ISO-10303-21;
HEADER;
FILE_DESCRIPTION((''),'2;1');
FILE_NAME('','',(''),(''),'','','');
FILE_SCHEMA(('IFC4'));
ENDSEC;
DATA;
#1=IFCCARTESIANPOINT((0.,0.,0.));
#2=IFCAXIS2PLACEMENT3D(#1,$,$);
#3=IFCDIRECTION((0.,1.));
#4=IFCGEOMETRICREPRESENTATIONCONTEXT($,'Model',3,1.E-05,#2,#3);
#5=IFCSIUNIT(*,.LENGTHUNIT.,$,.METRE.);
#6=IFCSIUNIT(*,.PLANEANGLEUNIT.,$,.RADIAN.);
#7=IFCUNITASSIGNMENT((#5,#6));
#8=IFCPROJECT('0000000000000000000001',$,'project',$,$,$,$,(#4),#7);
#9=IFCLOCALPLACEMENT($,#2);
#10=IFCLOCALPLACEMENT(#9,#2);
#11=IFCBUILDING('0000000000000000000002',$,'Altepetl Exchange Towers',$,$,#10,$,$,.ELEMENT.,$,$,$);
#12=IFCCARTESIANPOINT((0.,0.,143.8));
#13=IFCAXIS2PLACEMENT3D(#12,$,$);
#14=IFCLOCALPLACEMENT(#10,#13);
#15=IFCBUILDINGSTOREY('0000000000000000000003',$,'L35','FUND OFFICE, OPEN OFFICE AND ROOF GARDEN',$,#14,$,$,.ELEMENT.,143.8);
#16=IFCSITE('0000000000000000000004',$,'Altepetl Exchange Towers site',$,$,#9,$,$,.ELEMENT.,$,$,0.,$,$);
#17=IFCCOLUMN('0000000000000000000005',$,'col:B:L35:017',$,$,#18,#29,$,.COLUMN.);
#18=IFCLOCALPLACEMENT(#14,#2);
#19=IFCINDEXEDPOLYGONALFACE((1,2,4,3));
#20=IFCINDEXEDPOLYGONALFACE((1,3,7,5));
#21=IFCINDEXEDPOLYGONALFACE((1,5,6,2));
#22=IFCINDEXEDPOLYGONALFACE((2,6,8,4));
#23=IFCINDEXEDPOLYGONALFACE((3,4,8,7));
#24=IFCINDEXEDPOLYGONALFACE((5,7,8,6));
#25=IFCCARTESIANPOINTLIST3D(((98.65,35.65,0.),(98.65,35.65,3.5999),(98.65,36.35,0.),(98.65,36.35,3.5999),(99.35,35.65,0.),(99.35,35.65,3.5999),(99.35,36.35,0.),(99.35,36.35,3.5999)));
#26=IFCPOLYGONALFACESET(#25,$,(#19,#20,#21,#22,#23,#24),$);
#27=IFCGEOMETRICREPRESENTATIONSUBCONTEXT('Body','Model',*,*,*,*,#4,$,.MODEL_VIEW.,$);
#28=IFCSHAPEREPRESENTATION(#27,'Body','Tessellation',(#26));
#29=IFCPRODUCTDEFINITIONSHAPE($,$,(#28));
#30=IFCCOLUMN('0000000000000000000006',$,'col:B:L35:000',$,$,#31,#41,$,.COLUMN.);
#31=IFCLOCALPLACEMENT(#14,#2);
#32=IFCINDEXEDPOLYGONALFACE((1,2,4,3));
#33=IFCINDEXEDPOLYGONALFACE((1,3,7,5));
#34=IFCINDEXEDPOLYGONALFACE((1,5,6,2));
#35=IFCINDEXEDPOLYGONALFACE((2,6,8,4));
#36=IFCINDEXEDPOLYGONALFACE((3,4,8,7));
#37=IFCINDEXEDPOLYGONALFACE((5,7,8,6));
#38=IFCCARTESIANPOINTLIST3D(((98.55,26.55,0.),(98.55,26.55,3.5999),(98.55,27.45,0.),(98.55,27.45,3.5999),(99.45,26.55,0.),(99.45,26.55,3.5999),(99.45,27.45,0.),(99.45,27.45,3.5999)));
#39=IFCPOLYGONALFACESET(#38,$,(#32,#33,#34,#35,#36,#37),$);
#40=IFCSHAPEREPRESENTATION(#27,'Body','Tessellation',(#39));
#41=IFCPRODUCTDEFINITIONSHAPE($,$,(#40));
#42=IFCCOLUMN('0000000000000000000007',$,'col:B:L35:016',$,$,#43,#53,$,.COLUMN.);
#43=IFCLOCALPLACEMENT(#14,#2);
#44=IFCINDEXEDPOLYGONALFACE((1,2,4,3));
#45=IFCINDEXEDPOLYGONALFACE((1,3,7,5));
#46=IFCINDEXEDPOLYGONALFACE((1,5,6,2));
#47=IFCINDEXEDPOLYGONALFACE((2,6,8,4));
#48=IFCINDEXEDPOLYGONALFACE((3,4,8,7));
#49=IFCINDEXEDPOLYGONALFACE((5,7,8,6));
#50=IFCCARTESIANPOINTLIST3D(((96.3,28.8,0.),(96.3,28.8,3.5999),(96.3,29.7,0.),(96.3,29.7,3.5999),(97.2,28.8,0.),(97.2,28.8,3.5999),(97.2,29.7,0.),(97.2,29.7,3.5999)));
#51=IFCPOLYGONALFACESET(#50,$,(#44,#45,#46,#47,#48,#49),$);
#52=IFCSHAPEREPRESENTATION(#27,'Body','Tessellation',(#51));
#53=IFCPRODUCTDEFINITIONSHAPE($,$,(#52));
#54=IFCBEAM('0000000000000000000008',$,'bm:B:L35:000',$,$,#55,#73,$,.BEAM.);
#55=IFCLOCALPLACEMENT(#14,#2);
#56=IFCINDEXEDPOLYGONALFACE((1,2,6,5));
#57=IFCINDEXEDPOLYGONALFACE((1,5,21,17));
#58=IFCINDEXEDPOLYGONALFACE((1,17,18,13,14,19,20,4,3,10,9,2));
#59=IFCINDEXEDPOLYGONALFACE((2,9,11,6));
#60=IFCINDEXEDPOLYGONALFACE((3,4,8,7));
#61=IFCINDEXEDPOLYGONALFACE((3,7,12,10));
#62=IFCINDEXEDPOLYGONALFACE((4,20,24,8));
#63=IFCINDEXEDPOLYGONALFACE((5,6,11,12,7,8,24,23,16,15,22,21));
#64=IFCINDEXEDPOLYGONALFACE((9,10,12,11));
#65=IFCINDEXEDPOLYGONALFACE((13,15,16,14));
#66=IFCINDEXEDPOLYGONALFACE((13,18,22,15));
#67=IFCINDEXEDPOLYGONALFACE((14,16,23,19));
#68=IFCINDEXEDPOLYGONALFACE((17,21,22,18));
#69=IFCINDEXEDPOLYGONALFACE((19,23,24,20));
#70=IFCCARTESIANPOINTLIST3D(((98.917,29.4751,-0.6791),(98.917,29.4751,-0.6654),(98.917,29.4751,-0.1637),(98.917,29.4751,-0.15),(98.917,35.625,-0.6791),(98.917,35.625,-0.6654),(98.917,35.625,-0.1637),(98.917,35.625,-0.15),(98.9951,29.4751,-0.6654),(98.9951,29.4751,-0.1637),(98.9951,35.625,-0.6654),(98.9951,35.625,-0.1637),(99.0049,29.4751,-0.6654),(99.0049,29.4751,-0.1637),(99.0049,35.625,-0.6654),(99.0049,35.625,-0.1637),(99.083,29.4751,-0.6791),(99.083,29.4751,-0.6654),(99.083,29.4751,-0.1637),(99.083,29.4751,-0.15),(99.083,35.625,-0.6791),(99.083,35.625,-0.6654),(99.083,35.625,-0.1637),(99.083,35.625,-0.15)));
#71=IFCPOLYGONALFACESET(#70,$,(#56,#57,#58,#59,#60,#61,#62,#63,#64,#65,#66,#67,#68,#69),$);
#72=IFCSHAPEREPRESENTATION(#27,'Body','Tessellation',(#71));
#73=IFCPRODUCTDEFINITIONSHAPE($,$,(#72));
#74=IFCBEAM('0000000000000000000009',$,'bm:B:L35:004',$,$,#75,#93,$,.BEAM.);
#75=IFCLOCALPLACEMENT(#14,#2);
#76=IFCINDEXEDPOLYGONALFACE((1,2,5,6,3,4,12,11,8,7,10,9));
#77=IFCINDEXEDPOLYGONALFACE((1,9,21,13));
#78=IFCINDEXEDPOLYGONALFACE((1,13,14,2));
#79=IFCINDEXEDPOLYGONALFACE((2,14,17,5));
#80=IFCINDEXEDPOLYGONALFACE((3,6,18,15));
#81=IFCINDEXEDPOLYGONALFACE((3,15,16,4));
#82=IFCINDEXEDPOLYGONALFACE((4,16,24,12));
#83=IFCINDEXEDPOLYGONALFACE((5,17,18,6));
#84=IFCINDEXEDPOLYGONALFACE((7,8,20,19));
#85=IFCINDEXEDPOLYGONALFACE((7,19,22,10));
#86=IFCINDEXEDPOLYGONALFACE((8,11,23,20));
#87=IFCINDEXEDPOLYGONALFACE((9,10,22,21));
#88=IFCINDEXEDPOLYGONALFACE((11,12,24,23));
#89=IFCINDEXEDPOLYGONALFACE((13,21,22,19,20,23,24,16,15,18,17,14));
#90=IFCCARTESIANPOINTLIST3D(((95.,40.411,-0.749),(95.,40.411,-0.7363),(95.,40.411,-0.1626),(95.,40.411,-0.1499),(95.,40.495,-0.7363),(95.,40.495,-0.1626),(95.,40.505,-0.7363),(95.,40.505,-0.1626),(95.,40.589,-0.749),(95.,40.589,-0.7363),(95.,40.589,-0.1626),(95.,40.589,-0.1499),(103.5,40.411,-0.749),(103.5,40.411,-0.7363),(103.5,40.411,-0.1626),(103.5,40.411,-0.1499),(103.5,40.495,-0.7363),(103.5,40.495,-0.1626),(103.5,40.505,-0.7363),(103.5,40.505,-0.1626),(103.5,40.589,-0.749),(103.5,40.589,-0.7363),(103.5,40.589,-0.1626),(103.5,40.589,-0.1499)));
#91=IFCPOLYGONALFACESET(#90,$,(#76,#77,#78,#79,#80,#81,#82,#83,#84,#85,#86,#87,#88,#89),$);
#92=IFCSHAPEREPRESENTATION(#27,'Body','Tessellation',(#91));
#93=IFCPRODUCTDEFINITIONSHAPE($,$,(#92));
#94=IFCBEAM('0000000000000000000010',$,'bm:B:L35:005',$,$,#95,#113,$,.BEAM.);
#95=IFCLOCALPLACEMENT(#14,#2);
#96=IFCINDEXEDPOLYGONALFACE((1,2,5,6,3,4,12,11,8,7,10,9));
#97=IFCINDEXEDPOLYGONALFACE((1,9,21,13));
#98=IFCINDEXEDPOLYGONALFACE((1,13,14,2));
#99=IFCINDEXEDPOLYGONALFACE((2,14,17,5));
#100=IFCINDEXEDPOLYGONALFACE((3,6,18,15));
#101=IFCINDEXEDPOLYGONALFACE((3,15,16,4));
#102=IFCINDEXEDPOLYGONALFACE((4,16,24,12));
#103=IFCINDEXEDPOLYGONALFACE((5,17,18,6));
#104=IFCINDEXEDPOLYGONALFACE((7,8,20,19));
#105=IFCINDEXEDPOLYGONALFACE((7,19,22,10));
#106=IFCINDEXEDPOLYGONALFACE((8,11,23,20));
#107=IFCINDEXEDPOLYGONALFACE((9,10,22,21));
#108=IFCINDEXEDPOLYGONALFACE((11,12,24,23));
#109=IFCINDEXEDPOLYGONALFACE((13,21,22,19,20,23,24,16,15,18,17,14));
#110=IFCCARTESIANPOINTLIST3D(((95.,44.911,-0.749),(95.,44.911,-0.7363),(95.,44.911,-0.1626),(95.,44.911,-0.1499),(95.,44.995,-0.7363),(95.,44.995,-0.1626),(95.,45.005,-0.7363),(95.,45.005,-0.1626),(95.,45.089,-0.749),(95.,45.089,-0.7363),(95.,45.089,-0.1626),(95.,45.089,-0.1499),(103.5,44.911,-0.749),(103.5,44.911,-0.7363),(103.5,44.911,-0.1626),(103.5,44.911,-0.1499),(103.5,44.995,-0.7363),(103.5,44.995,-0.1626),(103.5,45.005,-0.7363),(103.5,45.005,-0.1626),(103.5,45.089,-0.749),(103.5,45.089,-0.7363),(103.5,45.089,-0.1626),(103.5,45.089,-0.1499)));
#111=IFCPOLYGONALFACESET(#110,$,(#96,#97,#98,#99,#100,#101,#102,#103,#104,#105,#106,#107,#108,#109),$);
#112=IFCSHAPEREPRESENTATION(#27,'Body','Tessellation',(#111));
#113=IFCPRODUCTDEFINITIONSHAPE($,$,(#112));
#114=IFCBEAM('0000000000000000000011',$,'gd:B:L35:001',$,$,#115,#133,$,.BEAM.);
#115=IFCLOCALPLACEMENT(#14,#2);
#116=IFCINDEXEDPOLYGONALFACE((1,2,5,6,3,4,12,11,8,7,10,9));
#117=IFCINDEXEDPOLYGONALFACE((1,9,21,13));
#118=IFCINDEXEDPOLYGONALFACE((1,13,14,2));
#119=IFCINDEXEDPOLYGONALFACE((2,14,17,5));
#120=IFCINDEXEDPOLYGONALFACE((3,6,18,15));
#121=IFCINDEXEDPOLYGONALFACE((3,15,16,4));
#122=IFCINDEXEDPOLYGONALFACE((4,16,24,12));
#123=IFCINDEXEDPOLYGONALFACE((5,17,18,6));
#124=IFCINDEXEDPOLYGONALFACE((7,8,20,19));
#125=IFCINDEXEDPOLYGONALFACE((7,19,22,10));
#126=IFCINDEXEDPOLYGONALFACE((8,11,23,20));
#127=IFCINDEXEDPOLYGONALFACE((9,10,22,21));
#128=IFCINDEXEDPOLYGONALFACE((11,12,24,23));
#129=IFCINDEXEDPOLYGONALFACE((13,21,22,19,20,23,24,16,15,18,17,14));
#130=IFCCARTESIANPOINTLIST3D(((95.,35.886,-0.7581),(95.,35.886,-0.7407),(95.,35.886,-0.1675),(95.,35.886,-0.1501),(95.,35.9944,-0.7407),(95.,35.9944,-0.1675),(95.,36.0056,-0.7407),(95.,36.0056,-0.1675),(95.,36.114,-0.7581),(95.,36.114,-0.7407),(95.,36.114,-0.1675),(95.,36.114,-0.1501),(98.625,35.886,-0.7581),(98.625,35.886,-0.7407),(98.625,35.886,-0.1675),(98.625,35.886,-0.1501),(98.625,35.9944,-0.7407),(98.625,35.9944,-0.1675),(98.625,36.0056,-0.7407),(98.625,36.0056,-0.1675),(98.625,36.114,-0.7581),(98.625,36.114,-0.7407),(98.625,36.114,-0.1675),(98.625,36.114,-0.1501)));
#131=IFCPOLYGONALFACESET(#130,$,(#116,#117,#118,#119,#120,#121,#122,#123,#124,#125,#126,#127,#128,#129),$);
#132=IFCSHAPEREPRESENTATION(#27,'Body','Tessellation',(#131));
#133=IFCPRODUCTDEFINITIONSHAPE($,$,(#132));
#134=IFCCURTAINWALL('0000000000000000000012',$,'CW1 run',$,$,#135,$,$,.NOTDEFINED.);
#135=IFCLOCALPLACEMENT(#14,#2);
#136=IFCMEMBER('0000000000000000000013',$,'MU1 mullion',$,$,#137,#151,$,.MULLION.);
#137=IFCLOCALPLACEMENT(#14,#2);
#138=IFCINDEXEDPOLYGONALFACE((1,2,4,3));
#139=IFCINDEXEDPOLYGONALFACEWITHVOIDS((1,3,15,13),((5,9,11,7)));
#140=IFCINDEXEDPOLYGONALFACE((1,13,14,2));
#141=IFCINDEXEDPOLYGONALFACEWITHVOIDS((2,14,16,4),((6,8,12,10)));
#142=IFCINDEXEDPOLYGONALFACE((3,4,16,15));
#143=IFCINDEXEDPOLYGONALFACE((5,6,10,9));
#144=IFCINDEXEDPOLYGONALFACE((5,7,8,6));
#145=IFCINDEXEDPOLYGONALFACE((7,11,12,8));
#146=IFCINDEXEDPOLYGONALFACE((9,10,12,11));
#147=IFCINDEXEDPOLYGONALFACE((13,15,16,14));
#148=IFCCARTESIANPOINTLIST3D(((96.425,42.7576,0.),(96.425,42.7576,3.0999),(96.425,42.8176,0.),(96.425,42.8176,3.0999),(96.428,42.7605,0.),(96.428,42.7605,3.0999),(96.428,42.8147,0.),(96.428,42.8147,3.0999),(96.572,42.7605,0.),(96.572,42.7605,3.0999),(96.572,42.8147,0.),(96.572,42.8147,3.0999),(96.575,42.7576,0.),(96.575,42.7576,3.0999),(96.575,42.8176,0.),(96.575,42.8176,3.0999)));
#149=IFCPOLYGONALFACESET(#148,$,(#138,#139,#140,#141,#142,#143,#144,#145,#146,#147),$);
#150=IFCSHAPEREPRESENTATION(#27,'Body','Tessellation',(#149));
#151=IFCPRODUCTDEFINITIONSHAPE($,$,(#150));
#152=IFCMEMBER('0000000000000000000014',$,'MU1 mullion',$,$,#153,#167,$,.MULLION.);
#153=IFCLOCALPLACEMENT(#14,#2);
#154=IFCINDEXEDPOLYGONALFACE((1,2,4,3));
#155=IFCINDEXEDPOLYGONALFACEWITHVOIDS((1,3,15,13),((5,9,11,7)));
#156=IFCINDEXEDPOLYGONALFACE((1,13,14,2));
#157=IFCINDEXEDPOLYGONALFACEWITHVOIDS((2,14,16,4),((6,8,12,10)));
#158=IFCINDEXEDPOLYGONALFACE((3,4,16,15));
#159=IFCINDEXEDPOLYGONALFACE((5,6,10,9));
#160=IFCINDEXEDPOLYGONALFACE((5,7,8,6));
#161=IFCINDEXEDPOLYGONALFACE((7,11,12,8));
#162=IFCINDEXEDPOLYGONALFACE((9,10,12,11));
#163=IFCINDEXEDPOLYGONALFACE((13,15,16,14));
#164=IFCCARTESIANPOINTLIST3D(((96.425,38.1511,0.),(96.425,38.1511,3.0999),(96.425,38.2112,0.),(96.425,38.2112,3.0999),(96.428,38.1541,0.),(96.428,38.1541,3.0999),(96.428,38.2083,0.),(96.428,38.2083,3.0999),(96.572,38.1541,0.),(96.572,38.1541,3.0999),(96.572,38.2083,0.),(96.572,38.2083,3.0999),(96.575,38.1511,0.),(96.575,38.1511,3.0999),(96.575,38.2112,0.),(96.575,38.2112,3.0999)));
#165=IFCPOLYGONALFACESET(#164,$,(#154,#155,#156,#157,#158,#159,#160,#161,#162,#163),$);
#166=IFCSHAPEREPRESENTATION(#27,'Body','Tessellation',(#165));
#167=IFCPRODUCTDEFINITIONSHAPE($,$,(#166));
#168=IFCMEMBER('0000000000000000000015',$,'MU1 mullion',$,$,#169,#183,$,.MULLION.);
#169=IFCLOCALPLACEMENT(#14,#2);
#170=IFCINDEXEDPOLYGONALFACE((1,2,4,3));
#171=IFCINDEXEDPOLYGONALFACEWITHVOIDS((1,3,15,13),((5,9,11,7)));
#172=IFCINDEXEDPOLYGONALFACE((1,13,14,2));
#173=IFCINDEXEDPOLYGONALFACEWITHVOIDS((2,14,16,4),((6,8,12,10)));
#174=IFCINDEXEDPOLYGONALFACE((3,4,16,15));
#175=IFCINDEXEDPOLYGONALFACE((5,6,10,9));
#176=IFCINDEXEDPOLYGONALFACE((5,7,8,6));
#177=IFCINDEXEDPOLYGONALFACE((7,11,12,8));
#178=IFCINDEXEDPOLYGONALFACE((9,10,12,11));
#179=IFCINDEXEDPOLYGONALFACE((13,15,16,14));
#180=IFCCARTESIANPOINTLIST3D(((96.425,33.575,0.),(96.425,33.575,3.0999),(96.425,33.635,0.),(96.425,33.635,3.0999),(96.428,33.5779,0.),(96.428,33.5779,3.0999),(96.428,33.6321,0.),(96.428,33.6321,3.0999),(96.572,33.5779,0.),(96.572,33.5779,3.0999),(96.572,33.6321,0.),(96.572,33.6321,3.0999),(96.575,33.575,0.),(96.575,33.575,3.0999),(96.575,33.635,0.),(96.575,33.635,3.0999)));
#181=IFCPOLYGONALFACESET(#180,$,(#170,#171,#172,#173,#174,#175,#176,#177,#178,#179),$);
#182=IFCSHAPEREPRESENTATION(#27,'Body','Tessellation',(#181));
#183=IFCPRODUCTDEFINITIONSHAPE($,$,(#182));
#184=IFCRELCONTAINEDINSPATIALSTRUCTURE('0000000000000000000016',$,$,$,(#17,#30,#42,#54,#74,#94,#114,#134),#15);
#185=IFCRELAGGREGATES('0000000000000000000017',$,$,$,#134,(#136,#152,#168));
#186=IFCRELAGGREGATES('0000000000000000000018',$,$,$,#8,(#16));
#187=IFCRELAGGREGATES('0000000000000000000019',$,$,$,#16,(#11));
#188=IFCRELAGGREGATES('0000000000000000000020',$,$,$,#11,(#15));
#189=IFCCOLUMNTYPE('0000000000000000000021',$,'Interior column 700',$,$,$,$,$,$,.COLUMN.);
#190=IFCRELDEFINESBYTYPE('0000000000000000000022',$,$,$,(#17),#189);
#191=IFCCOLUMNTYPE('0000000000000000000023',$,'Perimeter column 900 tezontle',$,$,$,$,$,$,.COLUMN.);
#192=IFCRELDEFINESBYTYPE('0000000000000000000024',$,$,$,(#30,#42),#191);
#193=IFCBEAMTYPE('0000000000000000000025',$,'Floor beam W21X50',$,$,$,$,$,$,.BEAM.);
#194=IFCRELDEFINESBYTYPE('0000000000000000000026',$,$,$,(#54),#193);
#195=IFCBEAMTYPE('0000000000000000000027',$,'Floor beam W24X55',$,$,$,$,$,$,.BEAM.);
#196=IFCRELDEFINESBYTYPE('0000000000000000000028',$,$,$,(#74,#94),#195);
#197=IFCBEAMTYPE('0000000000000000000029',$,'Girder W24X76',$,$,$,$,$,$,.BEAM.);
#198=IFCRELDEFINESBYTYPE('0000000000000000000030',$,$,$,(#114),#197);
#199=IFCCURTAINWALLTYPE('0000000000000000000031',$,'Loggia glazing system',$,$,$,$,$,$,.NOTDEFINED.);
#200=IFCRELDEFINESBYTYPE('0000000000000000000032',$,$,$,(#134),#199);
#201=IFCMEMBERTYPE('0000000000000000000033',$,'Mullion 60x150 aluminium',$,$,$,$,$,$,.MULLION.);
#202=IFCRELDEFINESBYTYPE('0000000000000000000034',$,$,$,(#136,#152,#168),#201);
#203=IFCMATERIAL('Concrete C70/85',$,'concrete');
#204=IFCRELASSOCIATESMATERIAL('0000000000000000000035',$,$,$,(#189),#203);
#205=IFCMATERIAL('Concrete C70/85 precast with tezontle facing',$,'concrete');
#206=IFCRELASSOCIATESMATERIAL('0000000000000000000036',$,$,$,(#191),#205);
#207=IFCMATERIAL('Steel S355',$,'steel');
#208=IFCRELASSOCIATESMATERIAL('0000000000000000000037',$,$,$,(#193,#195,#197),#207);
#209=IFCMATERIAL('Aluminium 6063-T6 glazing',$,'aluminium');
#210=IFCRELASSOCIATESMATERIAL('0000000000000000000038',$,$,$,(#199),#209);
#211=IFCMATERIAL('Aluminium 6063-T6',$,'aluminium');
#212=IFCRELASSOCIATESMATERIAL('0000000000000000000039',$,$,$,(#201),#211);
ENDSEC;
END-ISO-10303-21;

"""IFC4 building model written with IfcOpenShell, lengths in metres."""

from ifc_helpers import new_model, si_unit, direction, frame, origin, origin_2d, place, context, subcontext, project, spatial, rectangle, hollow_rectangle, i_section, extrude, material, material_profile, profile_set, type_object, element, aggregate, save


model = new_model("IFC4")

# Units and contexts
model_context = context("Model", 3, precision=1e-05, world=origin(), true_north=direction((0.0, 1.0)))
body_context = subcontext(model_context, "Body", "Model", "MODEL_VIEW")
ifc_project = project(units=[si_unit("LENGTHUNIT", "METRE"), si_unit("PLANEANGLEUNIT", "RADIAN")], contexts=[model_context])

# Site, building, storey
site_placement = place(None, origin())
site = spatial("IfcSite", under=ifc_project, at=site_placement, Name="Altepetl Exchange Towers site", CompositionType="ELEMENT", RefElevation=0.0)
building_placement = place(site_placement, origin())
building = spatial("IfcBuilding", under=site, at=building_placement, Name="Altepetl Exchange Towers", CompositionType="ELEMENT")
storey_placement = place(building_placement, frame((0.0, 0.0, 143.8)))
storey = spatial("IfcBuildingStorey", under=building, at=storey_placement, Name="L35", Description="FUND OFFICE, OPEN OFFICE AND ROOF GARDEN", CompositionType="ELEMENT", Elevation=143.8)

# Columns
ifc_material_1 = material(Name="Concrete C70/85", Category="concrete")
ifc_material_profile_1 = material_profile(ifc_material_1, rectangle(XDim=0.7, YDim=0.7, at=origin_2d()), Name="700 x 700")
ifc_profile_set_1 = profile_set([ifc_material_profile_1], Name="Concrete C70/85")
column_type_1 = type_object("IfcColumnType", Name="Interior column 700", PredefinedType="COLUMN", material=ifc_profile_set_1)
column_placement = place(storey_placement, frame((99.0, 36.0, 0.0)))
element("IfcColumn", 1, at=column_placement, inside=storey, type_object=column_type_1, Name="col:B:L35:017", PredefinedType="COLUMN", context=body_context, shape_type="SweptSolid", body=[
    extrude(rectangle(XDim=0.7, YDim=0.7, at=origin_2d()), origin(), (0.0, 0.0, 1.0), 3.5999),
])
ifc_material_2 = material(Name="Concrete C70/85 precast with tezontle facing", Category="concrete")
ifc_material_profile_2 = material_profile(ifc_material_2, rectangle(XDim=0.8999, YDim=0.8999, at=origin_2d()), Name="900 x 900")
ifc_profile_set_2 = profile_set([ifc_material_profile_2], Name="Concrete C70/85 precast with tezontle facing")
column_type_2 = type_object("IfcColumnType", Name="Perimeter column 900 tezontle", PredefinedType="COLUMN", material=ifc_profile_set_2)
for number, where, name in (
    (2, (99.0, 27.0, 0.0), "col:B:L35:000"),
    (3, (96.75, 29.25, 0.0), "col:B:L35:016"),
):
    element("IfcColumn", number, at=place(storey_placement, frame(where)), inside=storey, type_object=column_type_2, Name=name, PredefinedType="COLUMN", context=body_context, shape_type="SweptSolid", body=[
        extrude(rectangle(XDim=0.8999, YDim=0.8999, at=origin_2d()), origin(), (0.0, 0.0, 1.0), 3.5999),
    ])

# Beams
ifc_material_3 = material(Name="Steel S355", Category="steel")
ifc_material_profile_3 = material_profile(ifc_material_3, i_section(OverallWidth=0.166, OverallDepth=0.5291, WebThickness=0.0098, FlangeThickness=0.0137, at=origin_2d()), Name="W21X50")
ifc_profile_set_3 = profile_set([ifc_material_profile_3], Name="Steel S355")
beam_type_1 = type_object("IfcBeamType", Name="Floor beam W21X50", PredefinedType="BEAM", material=ifc_profile_set_3)
beam_1_placement = place(storey_placement, frame((99.0, 29.4751, -0.4146), z_axis=(0.0, 1.0, 0.0), x_axis=(-1.0, 0.0, 0.0)))
element("IfcBeam", 4, at=beam_1_placement, inside=storey, type_object=beam_type_1, Name="bm:B:L35:000", PredefinedType="BEAM", context=body_context, shape_type="SweptSolid", body=[
    extrude(i_section(OverallWidth=0.166, OverallDepth=0.5291, WebThickness=0.0098, FlangeThickness=0.0137, at=origin_2d()), origin(), (0.0, 0.0, 1.0), 6.1499),
])
ifc_material_profile_4 = material_profile(ifc_material_3, i_section(OverallWidth=0.178, OverallDepth=0.5991, WebThickness=0.01, FlangeThickness=0.0127, at=origin_2d()), Name="W24X55")
ifc_profile_set_4 = profile_set([ifc_material_profile_4], Name="Steel S355")
beam_type_2 = type_object("IfcBeamType", Name="Floor beam W24X55", PredefinedType="BEAM", material=ifc_profile_set_4)
for number, where, z_axis, x_axis, name in (
    (5, (95.0, 40.5, -0.4495), (1.0, 0.0, 0.0), (0.0, 1.0, 0.0), "bm:B:L35:004"),
    (6, (95.0, 45.0, -0.4495), (1.0, 0.0, 0.0), (0.0, 1.0, 0.0), "bm:B:L35:005"),
):
    element("IfcBeam", number, at=place(storey_placement, frame(where, z_axis=z_axis, x_axis=x_axis)), inside=storey, type_object=beam_type_2, Name=name, PredefinedType="BEAM", context=body_context, shape_type="SweptSolid", body=[
        extrude(i_section(OverallWidth=0.178, OverallDepth=0.5991, WebThickness=0.01, FlangeThickness=0.0127, at=origin_2d()), origin(), (0.0, 0.0, 1.0), 8.5),
    ])
ifc_material_profile_5 = material_profile(ifc_material_3, i_section(OverallWidth=0.228, OverallDepth=0.6079, WebThickness=0.0112, FlangeThickness=0.0173, at=origin_2d()), Name="W24X76")
ifc_profile_set_5 = profile_set([ifc_material_profile_5], Name="Steel S355")
beam_type_3 = type_object("IfcBeamType", Name="Girder W24X76", PredefinedType="BEAM", material=ifc_profile_set_5)
beam_2_placement = place(storey_placement, frame((98.625, 36.0, -0.4541), z_axis=(-1.0, 0.0, 0.0), x_axis=(0.0, -1.0, 0.0)))
element("IfcBeam", 7, at=beam_2_placement, inside=storey, type_object=beam_type_3, Name="gd:B:L35:001", PredefinedType="BEAM", context=body_context, shape_type="SweptSolid", body=[
    extrude(i_section(OverallWidth=0.228, OverallDepth=0.6079, WebThickness=0.0112, FlangeThickness=0.0173, at=origin_2d()), origin(), (0.0, 0.0, 1.0), 3.625),
])

# Curtain wall, members
ifc_material_4 = material(Name="Aluminium 6063-T6 glazing", Category="aluminium")
curtain_wall_type = type_object("IfcCurtainWallType", Name="Loggia glazing system", PredefinedType="NOTDEFINED", material=ifc_material_4)
curtain_wall_1_placement = place(storey_placement, origin())
curtain_wall_1 = element("IfcCurtainWall", 8, at=curtain_wall_1_placement, inside=storey, type_object=curtain_wall_type, Name="CW1 run", PredefinedType="NOTDEFINED")
ifc_material_5 = material(Name="Aluminium 6063-T6", Category="aluminium")
ifc_material_profile_6 = material_profile(ifc_material_5, hollow_rectangle(XDim=0.0601, YDim=0.1499, WallThickness=0.0029, at=origin_2d()), Name="Mullion 60x150 aluminium")
ifc_profile_set_6 = profile_set([ifc_material_profile_6], Name="Aluminium 6063-T6")
member_type = type_object("IfcMemberType", Name="Mullion 60x150 aluminium", PredefinedType="MULLION", material=ifc_profile_set_6)
member_1_placement = place(storey_placement, frame((96.5, 42.7876, 0.0), z_axis=(0.0, 0.0, 1.0), x_axis=(0.0, -1.0, 0.0)))
member_1 = element("IfcMember", 9, at=member_1_placement, type_object=member_type, Name="MU1 mullion", PredefinedType="MULLION", context=body_context, shape_type="SweptSolid", body=[
    extrude(hollow_rectangle(XDim=0.0601, YDim=0.1499, WallThickness=0.0029, at=origin_2d()), origin(), (0.0, 0.0, 1.0), 3.0999),
])
member_2_placement = place(storey_placement, frame((96.5, 38.1812, 0.0), z_axis=(0.0, 0.0, 1.0), x_axis=(0.0, -1.0, 0.0)))
member_2 = element("IfcMember", 10, at=member_2_placement, type_object=member_type, Name="MU1 mullion", PredefinedType="MULLION", context=body_context, shape_type="SweptSolid", body=[
    extrude(hollow_rectangle(XDim=0.0601, YDim=0.1499, WallThickness=0.0029, at=origin_2d()), origin(), (0.0, 0.0, 1.0), 3.0999),
])
member_3_placement = place(storey_placement, frame((96.5, 33.605, 0.0), z_axis=(0.0, 0.0, 1.0), x_axis=(0.0, -1.0, 0.0)))
member_3 = element("IfcMember", 11, at=member_3_placement, type_object=member_type, Name="MU1 mullion", PredefinedType="MULLION", context=body_context, shape_type="SweptSolid", body=[
    extrude(hollow_rectangle(XDim=0.0601, YDim=0.1499, WallThickness=0.0029, at=origin_2d()), origin(), (0.0, 0.0, 1.0), 3.0999),
])

aggregate(curtain_wall_1, [member_1, member_2, member_3])

save(model, "model.ifc")
